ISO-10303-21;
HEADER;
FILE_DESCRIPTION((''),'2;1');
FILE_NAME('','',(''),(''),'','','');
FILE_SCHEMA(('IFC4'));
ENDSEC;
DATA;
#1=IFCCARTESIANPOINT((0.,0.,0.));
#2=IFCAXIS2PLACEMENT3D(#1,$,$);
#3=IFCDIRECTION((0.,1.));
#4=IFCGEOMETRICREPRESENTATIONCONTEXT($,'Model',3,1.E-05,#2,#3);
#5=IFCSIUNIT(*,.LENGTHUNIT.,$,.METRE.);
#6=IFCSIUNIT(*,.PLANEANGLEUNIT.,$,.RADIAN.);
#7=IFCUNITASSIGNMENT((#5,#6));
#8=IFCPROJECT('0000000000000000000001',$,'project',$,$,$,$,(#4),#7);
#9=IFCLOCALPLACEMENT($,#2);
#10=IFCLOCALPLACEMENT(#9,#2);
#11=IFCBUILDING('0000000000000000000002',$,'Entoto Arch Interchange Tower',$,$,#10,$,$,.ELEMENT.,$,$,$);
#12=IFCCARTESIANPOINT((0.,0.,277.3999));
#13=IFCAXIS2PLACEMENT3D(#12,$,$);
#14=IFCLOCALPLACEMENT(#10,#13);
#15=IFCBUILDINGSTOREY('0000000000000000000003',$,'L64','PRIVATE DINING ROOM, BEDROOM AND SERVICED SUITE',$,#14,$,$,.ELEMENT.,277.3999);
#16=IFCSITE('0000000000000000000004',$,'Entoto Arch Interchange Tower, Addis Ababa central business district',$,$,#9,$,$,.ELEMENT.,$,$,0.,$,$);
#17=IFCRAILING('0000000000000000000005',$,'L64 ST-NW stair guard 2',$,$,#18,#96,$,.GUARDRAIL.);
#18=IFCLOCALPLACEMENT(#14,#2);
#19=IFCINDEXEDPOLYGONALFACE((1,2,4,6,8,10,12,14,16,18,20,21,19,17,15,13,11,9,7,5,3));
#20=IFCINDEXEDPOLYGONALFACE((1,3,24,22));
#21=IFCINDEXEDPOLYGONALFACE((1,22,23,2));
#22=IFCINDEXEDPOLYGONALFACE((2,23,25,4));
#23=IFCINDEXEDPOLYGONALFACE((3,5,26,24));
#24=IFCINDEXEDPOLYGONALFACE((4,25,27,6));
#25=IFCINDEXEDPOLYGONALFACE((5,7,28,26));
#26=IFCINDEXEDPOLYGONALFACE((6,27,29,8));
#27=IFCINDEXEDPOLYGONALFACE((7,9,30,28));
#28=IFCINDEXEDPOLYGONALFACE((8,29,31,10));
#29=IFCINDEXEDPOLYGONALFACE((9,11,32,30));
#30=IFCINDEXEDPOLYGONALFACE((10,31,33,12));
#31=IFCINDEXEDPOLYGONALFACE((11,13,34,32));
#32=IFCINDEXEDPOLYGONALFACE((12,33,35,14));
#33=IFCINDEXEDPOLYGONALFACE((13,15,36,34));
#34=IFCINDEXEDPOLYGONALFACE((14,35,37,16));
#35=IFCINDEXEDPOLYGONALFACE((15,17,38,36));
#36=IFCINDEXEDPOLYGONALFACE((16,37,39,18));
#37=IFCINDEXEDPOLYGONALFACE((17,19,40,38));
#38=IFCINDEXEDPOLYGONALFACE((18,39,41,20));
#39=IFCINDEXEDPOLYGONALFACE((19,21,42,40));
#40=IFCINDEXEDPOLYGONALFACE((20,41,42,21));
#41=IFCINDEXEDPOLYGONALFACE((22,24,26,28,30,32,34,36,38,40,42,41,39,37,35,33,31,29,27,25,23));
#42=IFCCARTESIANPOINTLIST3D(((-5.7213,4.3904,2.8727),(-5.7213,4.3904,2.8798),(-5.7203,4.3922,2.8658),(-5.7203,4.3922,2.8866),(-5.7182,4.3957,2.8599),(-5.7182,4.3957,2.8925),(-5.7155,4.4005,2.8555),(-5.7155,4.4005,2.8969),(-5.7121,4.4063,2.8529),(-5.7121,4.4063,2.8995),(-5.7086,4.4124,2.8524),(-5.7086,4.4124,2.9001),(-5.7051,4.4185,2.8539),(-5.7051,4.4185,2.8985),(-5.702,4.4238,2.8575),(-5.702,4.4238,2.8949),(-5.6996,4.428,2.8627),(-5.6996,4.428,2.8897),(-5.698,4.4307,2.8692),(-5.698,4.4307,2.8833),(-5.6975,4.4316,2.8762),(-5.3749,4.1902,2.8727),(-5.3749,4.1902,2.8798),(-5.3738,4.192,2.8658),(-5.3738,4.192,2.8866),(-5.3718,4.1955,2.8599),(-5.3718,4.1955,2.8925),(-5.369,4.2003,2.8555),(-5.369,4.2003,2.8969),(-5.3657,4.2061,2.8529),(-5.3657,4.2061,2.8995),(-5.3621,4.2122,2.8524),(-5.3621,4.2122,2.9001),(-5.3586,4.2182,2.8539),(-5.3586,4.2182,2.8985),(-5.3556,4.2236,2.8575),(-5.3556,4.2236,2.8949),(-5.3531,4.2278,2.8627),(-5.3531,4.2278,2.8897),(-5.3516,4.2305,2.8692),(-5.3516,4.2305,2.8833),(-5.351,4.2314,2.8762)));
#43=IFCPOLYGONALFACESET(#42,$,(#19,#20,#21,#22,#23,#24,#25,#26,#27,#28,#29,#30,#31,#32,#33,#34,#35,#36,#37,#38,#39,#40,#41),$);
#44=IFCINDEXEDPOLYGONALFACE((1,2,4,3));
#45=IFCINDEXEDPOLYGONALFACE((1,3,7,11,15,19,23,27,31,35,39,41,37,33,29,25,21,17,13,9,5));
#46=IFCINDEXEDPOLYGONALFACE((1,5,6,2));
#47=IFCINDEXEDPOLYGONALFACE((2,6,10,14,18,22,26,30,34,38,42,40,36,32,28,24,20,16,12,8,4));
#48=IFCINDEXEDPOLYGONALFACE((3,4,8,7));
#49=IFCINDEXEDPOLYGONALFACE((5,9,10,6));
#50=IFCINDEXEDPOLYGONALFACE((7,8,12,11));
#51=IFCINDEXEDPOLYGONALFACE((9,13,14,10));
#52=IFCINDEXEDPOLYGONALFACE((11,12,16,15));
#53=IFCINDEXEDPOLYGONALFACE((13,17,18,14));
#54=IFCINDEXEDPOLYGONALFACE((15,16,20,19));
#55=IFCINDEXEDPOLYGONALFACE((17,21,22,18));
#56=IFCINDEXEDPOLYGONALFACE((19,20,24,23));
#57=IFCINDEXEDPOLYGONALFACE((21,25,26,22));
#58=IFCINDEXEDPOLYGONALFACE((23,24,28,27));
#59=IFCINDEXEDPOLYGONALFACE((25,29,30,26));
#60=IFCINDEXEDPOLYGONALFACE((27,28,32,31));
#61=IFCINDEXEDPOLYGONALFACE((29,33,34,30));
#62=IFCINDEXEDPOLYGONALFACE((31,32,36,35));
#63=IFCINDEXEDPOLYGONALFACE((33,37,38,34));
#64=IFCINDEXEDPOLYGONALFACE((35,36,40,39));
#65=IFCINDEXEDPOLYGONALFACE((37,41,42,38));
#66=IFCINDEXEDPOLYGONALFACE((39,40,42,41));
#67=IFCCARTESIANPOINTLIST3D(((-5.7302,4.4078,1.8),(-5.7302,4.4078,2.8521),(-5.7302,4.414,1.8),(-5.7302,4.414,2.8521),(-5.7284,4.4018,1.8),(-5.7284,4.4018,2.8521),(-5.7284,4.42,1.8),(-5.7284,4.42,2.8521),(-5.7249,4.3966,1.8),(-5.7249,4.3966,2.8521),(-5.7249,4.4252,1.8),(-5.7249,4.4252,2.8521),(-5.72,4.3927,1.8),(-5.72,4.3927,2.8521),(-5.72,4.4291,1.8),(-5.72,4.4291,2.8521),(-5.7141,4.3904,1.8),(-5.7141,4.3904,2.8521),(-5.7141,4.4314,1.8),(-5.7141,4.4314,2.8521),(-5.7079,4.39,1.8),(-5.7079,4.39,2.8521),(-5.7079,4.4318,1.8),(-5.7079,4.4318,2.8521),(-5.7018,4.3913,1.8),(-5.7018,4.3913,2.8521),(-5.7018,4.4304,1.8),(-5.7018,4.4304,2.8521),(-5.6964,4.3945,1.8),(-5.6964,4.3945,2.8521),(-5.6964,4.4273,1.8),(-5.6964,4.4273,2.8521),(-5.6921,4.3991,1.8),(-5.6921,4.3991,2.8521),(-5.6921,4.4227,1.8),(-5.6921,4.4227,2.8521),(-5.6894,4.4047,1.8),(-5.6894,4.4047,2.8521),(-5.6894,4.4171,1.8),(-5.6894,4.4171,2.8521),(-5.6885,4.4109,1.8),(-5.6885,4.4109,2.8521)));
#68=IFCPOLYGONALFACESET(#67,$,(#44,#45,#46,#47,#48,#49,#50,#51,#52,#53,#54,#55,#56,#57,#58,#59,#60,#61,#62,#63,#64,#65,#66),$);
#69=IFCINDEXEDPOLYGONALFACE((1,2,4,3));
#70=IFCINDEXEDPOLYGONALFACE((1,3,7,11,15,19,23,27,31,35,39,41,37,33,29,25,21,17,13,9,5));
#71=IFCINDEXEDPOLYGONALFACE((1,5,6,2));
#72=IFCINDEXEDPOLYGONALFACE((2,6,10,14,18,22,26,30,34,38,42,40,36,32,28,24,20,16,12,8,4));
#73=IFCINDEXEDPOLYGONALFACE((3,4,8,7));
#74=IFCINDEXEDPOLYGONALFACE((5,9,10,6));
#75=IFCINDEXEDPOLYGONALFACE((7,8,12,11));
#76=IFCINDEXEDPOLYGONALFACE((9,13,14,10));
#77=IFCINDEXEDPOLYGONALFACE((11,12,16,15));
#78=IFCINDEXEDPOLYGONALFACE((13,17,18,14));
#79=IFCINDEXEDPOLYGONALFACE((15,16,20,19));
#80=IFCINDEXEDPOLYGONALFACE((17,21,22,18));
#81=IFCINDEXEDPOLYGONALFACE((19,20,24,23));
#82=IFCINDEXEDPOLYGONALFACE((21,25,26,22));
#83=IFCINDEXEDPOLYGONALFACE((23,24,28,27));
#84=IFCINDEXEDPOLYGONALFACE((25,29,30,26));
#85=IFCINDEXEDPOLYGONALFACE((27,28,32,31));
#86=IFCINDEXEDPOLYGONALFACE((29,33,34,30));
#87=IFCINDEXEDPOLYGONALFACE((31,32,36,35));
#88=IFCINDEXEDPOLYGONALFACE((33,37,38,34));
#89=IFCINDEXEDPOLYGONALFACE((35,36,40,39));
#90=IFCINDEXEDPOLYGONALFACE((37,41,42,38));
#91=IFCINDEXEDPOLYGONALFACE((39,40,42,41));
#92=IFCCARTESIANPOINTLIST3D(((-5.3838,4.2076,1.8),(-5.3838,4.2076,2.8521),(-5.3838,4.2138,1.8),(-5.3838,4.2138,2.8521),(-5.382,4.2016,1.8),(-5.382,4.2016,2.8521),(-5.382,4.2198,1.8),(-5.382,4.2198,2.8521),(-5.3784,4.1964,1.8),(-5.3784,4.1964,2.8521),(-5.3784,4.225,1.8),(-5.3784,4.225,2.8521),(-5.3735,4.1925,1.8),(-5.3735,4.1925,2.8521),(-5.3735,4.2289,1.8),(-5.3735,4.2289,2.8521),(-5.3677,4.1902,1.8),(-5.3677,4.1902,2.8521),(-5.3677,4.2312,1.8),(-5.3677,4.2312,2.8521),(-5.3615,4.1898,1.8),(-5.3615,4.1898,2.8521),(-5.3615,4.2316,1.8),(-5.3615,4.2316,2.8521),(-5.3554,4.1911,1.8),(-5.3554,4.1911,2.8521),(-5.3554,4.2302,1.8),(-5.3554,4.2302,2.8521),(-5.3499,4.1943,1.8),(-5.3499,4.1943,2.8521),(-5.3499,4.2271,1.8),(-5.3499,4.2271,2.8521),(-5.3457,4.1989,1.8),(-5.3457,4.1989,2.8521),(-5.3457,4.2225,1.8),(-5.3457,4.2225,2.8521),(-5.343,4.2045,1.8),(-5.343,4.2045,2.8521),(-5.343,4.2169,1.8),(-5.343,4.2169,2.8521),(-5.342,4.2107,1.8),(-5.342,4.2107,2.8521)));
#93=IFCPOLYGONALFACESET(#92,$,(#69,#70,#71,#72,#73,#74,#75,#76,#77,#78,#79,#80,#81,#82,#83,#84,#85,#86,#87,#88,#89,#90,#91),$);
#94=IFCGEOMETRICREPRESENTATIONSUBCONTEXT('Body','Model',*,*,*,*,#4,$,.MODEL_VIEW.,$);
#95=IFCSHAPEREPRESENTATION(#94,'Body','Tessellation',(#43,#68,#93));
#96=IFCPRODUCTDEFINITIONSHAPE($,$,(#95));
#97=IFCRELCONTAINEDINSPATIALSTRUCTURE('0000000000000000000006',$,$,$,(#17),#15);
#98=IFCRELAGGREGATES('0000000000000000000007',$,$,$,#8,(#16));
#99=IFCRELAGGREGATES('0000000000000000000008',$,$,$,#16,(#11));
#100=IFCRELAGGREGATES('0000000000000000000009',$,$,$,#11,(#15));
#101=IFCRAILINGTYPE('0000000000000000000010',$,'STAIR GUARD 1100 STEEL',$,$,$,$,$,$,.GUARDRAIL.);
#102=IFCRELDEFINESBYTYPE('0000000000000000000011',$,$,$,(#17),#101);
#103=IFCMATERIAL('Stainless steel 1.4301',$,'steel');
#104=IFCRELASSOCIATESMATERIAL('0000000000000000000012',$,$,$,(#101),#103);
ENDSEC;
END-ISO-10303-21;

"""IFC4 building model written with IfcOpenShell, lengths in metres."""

from ifc_helpers import new_model, si_unit, direction, frame, origin, origin_2d, place, context, subcontext, project, spatial, circle, extrude, material, type_object, element, save


model = new_model("IFC4")

# Units and contexts
model_context = context("Model", 3, precision=1e-05, world=origin(), true_north=direction((0.0, 1.0)))
body_context = subcontext(model_context, "Body", "Model", "MODEL_VIEW")
ifc_project = project(units=[si_unit("LENGTHUNIT", "METRE"), si_unit("PLANEANGLEUNIT", "RADIAN")], contexts=[model_context])

# Site, building, storey
site_placement = place(None, origin())
site = spatial("IfcSite", under=ifc_project, at=site_placement, Name="Entoto Arch Interchange Tower, Addis Ababa central business district", CompositionType="ELEMENT", RefElevation=0.0)
building_placement = place(site_placement, origin())
building = spatial("IfcBuilding", under=site, at=building_placement, Name="Entoto Arch Interchange Tower", CompositionType="ELEMENT")
storey_placement = place(building_placement, frame((0.0, 0.0, 277.3999)))
storey = spatial("IfcBuildingStorey", under=building, at=storey_placement, Name="L64", Description="PRIVATE DINING ROOM, BEDROOM AND SERVICED SUITE", CompositionType="ELEMENT", Elevation=277.3999)

# Railing
ifc_material_1 = material(Name="Stainless steel 1.4301", Category="steel")
railing_type_1 = type_object("IfcRailingType", Name="STAIR GUARD 1100 STEEL", PredefinedType="GUARDRAIL", material=ifc_material_1)
railing_1_placement = place(storey_placement, frame((-5.7095, 4.4109, 1.8)))
element("IfcRailing", 1, at=railing_1_placement, inside=storey, type_object=railing_type_1, Name="L64 ST-NW stair guard 2", PredefinedType="GUARDRAIL", context=body_context, shape_type="SweptSolid", body=[
    extrude(circle(Radius=0.0239, at=origin_2d()), frame((0.0, 0.0, 1.0762), z_axis=(0.86583, -0.500339, 0.0), x_axis=(0.500339, 0.86583, 0.0)), (0.0, 0.0, 1.0), 0.4001),
    extrude(circle(Radius=0.021, at=origin_2d()), origin(), (0.0, 0.0, 1.0), 1.052),
    extrude(circle(Radius=0.021, at=origin_2d()), frame((0.3464, -0.2002, 0.0)), (0.0, 0.0, 1.0), 1.052),
])

save(model, "model.ifc")
